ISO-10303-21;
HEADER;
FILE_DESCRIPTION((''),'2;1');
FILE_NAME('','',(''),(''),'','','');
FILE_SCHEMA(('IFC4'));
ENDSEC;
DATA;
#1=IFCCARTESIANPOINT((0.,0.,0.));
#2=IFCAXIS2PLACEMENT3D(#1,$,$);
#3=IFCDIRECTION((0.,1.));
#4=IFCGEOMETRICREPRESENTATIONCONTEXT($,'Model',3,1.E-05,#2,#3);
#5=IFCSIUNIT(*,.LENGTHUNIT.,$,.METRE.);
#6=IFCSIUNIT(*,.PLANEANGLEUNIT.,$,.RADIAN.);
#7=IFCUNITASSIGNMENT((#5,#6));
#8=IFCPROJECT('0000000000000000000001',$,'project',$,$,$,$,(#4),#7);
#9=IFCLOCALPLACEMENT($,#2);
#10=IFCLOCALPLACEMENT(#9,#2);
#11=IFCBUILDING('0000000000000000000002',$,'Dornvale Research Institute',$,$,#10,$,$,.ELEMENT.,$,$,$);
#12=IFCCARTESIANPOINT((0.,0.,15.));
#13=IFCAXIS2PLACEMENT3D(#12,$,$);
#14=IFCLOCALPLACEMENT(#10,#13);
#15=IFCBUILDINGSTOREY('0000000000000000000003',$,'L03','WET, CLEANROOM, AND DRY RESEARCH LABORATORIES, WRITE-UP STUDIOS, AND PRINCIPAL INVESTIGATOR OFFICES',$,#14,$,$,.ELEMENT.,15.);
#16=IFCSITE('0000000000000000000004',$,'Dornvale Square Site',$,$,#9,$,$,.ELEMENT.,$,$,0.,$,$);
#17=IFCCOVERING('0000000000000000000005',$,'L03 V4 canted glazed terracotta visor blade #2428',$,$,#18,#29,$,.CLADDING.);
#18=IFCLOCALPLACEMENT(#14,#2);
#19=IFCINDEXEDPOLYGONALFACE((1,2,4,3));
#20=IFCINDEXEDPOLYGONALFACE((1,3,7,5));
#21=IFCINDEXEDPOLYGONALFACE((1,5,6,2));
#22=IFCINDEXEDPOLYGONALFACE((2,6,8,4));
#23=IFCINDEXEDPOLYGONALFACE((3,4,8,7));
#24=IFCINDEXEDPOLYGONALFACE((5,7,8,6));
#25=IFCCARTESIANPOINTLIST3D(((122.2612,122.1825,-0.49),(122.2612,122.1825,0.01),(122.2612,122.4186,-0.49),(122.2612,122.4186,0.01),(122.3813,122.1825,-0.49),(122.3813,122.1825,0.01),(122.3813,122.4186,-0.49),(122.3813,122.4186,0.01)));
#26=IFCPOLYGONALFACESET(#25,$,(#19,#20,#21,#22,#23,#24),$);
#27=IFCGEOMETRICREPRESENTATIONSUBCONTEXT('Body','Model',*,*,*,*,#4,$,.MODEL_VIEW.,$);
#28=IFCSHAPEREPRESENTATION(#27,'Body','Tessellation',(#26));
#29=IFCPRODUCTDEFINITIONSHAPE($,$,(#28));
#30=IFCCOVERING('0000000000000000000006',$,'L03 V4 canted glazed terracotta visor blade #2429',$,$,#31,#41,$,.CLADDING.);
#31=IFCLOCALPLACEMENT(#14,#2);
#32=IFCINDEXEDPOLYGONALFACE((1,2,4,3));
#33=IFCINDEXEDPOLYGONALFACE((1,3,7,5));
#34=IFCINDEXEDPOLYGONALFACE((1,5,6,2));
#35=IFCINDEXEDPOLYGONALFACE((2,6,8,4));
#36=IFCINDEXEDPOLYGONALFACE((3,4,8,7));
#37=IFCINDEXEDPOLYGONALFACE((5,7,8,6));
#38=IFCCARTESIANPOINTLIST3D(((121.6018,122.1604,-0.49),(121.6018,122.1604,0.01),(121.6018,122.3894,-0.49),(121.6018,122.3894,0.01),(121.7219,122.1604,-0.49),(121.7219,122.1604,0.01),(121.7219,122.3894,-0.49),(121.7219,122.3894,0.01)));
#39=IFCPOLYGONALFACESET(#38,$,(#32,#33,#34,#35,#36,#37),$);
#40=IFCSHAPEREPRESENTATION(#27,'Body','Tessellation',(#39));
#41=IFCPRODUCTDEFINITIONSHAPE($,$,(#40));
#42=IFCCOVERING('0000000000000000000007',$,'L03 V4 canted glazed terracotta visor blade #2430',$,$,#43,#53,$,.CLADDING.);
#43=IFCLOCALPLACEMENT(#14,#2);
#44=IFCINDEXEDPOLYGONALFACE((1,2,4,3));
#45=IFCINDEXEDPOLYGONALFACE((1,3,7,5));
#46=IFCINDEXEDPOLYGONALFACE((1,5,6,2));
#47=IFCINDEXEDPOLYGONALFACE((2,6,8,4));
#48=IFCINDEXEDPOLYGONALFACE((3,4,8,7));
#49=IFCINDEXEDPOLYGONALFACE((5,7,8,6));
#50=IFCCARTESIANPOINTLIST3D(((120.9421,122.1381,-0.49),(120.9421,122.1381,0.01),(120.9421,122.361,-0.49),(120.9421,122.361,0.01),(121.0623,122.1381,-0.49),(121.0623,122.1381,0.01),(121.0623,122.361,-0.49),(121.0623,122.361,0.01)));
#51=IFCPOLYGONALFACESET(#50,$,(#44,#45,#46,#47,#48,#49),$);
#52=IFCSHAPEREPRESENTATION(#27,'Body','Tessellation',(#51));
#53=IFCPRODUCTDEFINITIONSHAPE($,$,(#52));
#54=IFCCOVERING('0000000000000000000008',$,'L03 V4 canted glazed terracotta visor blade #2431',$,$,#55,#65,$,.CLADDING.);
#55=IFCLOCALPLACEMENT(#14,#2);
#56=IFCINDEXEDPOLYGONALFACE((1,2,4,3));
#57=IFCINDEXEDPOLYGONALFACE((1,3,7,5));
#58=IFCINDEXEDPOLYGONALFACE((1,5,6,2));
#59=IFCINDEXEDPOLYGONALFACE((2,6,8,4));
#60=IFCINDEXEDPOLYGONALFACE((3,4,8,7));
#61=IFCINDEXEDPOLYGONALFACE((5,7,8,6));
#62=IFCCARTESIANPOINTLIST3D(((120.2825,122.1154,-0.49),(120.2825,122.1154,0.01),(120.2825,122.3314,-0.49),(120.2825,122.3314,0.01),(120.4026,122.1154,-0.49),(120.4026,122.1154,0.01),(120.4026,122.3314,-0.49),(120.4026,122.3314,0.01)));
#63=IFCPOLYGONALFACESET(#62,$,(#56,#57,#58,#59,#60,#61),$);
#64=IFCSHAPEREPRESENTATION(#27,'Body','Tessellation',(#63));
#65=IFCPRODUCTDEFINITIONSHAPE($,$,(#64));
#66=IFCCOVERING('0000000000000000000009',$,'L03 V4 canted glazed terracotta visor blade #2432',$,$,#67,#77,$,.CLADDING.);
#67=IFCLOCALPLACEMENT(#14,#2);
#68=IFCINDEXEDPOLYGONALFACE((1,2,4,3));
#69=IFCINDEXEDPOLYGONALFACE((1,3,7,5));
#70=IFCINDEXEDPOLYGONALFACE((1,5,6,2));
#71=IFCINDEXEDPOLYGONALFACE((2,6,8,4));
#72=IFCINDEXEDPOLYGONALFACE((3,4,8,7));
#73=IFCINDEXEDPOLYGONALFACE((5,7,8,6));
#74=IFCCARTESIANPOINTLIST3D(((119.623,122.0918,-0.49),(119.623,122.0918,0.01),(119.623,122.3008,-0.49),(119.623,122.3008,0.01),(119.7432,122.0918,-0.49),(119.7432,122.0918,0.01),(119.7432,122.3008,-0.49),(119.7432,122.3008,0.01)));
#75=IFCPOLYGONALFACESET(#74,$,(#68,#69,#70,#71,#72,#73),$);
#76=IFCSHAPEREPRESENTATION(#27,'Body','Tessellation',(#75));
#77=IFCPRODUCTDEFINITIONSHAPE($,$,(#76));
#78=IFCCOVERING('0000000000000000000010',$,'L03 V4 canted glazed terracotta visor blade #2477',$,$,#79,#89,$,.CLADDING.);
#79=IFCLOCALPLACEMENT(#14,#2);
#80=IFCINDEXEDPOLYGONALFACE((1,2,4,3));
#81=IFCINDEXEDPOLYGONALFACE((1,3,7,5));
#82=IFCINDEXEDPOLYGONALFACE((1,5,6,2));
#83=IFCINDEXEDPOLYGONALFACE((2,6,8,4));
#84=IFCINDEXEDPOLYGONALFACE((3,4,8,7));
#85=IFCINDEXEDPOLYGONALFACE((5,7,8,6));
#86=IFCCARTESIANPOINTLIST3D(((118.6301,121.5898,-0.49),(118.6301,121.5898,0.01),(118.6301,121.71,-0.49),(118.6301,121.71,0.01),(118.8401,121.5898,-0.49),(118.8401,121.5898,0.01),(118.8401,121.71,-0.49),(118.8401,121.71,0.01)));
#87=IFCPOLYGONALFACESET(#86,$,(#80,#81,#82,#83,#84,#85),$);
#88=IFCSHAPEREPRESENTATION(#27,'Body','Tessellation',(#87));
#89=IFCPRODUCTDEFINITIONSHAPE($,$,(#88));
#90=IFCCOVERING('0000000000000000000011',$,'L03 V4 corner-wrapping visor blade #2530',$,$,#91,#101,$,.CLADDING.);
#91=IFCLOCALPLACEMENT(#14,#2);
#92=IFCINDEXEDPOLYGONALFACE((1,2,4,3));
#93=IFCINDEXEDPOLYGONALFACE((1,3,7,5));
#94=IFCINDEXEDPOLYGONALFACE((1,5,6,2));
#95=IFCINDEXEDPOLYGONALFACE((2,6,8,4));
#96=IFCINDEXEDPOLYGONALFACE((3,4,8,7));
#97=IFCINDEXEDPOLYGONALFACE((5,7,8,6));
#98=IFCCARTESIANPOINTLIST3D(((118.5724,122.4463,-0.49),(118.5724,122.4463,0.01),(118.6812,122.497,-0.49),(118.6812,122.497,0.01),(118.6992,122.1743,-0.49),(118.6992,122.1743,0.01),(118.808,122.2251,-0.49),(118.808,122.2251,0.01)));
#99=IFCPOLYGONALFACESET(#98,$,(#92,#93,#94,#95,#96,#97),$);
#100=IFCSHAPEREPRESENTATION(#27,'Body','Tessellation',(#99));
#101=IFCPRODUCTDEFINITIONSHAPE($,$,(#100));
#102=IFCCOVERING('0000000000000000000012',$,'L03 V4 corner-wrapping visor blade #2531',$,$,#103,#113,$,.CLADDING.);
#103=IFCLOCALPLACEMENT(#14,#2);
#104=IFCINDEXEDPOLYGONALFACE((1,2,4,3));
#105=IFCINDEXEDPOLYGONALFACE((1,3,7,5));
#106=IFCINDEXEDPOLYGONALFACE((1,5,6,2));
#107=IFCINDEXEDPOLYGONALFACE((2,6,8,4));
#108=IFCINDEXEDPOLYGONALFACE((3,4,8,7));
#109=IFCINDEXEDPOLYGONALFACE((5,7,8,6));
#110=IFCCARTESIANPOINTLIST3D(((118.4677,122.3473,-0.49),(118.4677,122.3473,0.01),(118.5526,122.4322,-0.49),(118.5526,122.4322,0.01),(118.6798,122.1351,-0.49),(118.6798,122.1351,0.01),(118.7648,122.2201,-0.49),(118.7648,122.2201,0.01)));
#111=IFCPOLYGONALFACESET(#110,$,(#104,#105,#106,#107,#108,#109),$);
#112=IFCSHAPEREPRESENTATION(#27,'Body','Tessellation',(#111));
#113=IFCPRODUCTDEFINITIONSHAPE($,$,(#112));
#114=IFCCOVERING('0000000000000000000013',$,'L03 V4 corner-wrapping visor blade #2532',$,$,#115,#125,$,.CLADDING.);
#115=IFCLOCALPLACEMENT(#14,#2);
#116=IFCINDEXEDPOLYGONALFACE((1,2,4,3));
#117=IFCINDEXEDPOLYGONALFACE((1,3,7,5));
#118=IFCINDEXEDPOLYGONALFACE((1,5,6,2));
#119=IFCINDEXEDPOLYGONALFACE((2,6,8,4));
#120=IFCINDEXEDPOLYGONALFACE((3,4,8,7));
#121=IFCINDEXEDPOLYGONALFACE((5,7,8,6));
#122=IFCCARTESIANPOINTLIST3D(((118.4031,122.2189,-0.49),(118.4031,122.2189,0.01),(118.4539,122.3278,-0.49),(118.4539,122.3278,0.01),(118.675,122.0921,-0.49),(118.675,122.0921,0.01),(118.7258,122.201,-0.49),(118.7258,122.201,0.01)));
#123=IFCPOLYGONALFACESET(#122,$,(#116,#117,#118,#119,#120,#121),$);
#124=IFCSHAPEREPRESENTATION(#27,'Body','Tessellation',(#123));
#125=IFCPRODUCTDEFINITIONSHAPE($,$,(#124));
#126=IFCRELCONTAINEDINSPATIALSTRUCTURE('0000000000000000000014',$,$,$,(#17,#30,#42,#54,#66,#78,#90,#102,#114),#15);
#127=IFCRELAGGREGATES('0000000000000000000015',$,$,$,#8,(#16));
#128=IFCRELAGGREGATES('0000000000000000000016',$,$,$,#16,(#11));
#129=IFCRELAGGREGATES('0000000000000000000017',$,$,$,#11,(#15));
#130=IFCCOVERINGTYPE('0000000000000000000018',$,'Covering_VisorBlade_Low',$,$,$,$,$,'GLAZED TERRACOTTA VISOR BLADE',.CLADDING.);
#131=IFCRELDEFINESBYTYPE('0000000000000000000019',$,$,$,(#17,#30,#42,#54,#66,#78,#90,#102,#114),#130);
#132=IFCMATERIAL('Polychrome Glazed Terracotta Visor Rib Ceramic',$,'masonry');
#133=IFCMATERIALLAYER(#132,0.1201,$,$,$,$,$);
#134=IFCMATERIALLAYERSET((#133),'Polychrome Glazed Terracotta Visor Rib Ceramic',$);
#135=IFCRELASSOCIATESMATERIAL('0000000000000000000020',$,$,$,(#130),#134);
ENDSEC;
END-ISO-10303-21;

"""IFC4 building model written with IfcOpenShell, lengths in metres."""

from ifc_helpers import new_model, si_unit, direction, frame, origin, origin_2d, place, context, subcontext, project, spatial, rectangle, extrude, material, layer, layer_set, type_object, element, save


model = new_model("IFC4")

# Units and contexts
model_context = context("Model", 3, precision=1e-05, world=origin(), true_north=direction((0.0, 1.0)))
body_context = subcontext(model_context, "Body", "Model", "MODEL_VIEW")
ifc_project = project(units=[si_unit("LENGTHUNIT", "METRE"), si_unit("PLANEANGLEUNIT", "RADIAN")], contexts=[model_context])

# Site, building, storey
site_placement = place(None, origin())
site = spatial("IfcSite", under=ifc_project, at=site_placement, Name="Dornvale Square Site", CompositionType="ELEMENT", RefElevation=0.0)
building_placement = place(site_placement, origin())
building = spatial("IfcBuilding", under=site, at=building_placement, Name="Dornvale Research Institute", CompositionType="ELEMENT")
storey_placement = place(building_placement, frame((0.0, 0.0, 15.0)))
storey = spatial("IfcBuildingStorey", under=building, at=storey_placement, Name="L03", Description="WET, CLEANROOM, AND DRY RESEARCH LABORATORIES, WRITE-UP STUDIOS, AND PRINCIPAL INVESTIGATOR OFFICES", CompositionType="ELEMENT", Elevation=15.0)

# Coverings
ifc_material_1 = material(Name="Polychrome Glazed Terracotta Visor Rib Ceramic", Category="masonry")
ifc_layer_1 = layer(ifc_material_1, 0.1201)
ifc_layer_set_1 = layer_set([ifc_layer_1], Name="Polychrome Glazed Terracotta Visor Rib Ceramic")
covering_type = type_object("IfcCoveringType", Name="Covering_VisorBlade_Low", ElementType="GLAZED TERRACOTTA VISOR BLADE", PredefinedType="CLADDING", material=ifc_layer_set_1)
covering_1_placement = place(storey_placement, frame((122.3213, 122.3005, -0.49), z_axis=(0.0, 0.0, 1.0), x_axis=(0.0, 1.0, 0.0)))
element("IfcCovering", 1, at=covering_1_placement, inside=storey, type_object=covering_type, Name="L03 V4 canted glazed terracotta visor blade #2428", PredefinedType="CLADDING", context=body_context, shape_type="SweptSolid", body=[
    extrude(rectangle(XDim=0.2361, YDim=0.1201, at=origin_2d()), origin(), (0.0, 0.0, 1.0), 0.5),
])
covering_2_placement = place(storey_placement, frame((121.6619, 122.2749, -0.49), z_axis=(0.0, 0.0, 1.0), x_axis=(0.0, 1.0, 0.0)))
element("IfcCovering", 2, at=covering_2_placement, inside=storey, type_object=covering_type, Name="L03 V4 canted glazed terracotta visor blade #2429", PredefinedType="CLADDING", context=body_context, shape_type="SweptSolid", body=[
    extrude(rectangle(XDim=0.229, YDim=0.1201, at=origin_2d()), origin(), (0.0, 0.0, 1.0), 0.5),
])
covering_3_placement = place(storey_placement, frame((121.0022, 122.2495, -0.49), z_axis=(0.0, 0.0, 1.0), x_axis=(0.0, 1.0, 0.0)))
element("IfcCovering", 3, at=covering_3_placement, inside=storey, type_object=covering_type, Name="L03 V4 canted glazed terracotta visor blade #2430", PredefinedType="CLADDING", context=body_context, shape_type="SweptSolid", body=[
    extrude(rectangle(XDim=0.2229, YDim=0.1201, at=origin_2d()), origin(), (0.0, 0.0, 1.0), 0.5),
])
covering_4_placement = place(storey_placement, frame((120.3425, 122.2234, -0.49), z_axis=(0.0, 0.0, 1.0), x_axis=(0.0, 1.0, 0.0)))
element("IfcCovering", 4, at=covering_4_placement, inside=storey, type_object=covering_type, Name="L03 V4 canted glazed terracotta visor blade #2431", PredefinedType="CLADDING", context=body_context, shape_type="SweptSolid", body=[
    extrude(rectangle(XDim=0.2161, YDim=0.1201, at=origin_2d()), origin(), (0.0, 0.0, 1.0), 0.5),
])
covering_5_placement = place(storey_placement, frame((119.6831, 122.1963, -0.49), z_axis=(0.0, 0.0, 1.0), x_axis=(0.0, 1.0, 0.0)))
element("IfcCovering", 5, at=covering_5_placement, inside=storey, type_object=covering_type, Name="L03 V4 canted glazed terracotta visor blade #2432", PredefinedType="CLADDING", context=body_context, shape_type="SweptSolid", body=[
    extrude(rectangle(XDim=0.209, YDim=0.1201, at=origin_2d()), origin(), (0.0, 0.0, 1.0), 0.5),
])
covering_6_placement = place(storey_placement, frame((118.7351, 121.6499, -0.49), z_axis=(0.0, 0.0, 1.0), x_axis=(1.0, 0.0, 0.0)))
element("IfcCovering", 6, at=covering_6_placement, inside=storey, type_object=covering_type, Name="L03 V4 canted glazed terracotta visor blade #2477", PredefinedType="CLADDING", context=body_context, shape_type="SweptSolid", body=[
    extrude(rectangle(XDim=0.21, YDim=0.1201, at=origin_2d()), origin(), (0.0, 0.0, 1.0), 0.5),
])
for number, where, z_axis, x_axis, name in (
    (7, (118.6902, 122.3357, -0.49), (0.0, 0.0, 1.0), (-0.422618, 0.906308, 0.0), "L03 V4 corner-wrapping visor blade #2530"),
    (8, (118.6162, 122.2837, -0.49), (0.0, 0.0, 1.0), (-0.707107, 0.707107, 0.0), "L03 V4 corner-wrapping visor blade #2531"),
    (9, (118.5645, 122.21, -0.49), (0.0, 0.0, 1.0), (-0.906308, 0.422618, 0.0), "L03 V4 corner-wrapping visor blade #2532"),
):
    element("IfcCovering", number, at=place(storey_placement, frame(where, z_axis=z_axis, x_axis=x_axis)), inside=storey, type_object=covering_type, Name=name, PredefinedType="CLADDING", context=body_context, shape_type="SweptSolid", body=[
        extrude(rectangle(XDim=0.3, YDim=0.1201, at=origin_2d()), origin(), (0.0, 0.0, 1.0), 0.5),
    ])

save(model, "model.ifc")
